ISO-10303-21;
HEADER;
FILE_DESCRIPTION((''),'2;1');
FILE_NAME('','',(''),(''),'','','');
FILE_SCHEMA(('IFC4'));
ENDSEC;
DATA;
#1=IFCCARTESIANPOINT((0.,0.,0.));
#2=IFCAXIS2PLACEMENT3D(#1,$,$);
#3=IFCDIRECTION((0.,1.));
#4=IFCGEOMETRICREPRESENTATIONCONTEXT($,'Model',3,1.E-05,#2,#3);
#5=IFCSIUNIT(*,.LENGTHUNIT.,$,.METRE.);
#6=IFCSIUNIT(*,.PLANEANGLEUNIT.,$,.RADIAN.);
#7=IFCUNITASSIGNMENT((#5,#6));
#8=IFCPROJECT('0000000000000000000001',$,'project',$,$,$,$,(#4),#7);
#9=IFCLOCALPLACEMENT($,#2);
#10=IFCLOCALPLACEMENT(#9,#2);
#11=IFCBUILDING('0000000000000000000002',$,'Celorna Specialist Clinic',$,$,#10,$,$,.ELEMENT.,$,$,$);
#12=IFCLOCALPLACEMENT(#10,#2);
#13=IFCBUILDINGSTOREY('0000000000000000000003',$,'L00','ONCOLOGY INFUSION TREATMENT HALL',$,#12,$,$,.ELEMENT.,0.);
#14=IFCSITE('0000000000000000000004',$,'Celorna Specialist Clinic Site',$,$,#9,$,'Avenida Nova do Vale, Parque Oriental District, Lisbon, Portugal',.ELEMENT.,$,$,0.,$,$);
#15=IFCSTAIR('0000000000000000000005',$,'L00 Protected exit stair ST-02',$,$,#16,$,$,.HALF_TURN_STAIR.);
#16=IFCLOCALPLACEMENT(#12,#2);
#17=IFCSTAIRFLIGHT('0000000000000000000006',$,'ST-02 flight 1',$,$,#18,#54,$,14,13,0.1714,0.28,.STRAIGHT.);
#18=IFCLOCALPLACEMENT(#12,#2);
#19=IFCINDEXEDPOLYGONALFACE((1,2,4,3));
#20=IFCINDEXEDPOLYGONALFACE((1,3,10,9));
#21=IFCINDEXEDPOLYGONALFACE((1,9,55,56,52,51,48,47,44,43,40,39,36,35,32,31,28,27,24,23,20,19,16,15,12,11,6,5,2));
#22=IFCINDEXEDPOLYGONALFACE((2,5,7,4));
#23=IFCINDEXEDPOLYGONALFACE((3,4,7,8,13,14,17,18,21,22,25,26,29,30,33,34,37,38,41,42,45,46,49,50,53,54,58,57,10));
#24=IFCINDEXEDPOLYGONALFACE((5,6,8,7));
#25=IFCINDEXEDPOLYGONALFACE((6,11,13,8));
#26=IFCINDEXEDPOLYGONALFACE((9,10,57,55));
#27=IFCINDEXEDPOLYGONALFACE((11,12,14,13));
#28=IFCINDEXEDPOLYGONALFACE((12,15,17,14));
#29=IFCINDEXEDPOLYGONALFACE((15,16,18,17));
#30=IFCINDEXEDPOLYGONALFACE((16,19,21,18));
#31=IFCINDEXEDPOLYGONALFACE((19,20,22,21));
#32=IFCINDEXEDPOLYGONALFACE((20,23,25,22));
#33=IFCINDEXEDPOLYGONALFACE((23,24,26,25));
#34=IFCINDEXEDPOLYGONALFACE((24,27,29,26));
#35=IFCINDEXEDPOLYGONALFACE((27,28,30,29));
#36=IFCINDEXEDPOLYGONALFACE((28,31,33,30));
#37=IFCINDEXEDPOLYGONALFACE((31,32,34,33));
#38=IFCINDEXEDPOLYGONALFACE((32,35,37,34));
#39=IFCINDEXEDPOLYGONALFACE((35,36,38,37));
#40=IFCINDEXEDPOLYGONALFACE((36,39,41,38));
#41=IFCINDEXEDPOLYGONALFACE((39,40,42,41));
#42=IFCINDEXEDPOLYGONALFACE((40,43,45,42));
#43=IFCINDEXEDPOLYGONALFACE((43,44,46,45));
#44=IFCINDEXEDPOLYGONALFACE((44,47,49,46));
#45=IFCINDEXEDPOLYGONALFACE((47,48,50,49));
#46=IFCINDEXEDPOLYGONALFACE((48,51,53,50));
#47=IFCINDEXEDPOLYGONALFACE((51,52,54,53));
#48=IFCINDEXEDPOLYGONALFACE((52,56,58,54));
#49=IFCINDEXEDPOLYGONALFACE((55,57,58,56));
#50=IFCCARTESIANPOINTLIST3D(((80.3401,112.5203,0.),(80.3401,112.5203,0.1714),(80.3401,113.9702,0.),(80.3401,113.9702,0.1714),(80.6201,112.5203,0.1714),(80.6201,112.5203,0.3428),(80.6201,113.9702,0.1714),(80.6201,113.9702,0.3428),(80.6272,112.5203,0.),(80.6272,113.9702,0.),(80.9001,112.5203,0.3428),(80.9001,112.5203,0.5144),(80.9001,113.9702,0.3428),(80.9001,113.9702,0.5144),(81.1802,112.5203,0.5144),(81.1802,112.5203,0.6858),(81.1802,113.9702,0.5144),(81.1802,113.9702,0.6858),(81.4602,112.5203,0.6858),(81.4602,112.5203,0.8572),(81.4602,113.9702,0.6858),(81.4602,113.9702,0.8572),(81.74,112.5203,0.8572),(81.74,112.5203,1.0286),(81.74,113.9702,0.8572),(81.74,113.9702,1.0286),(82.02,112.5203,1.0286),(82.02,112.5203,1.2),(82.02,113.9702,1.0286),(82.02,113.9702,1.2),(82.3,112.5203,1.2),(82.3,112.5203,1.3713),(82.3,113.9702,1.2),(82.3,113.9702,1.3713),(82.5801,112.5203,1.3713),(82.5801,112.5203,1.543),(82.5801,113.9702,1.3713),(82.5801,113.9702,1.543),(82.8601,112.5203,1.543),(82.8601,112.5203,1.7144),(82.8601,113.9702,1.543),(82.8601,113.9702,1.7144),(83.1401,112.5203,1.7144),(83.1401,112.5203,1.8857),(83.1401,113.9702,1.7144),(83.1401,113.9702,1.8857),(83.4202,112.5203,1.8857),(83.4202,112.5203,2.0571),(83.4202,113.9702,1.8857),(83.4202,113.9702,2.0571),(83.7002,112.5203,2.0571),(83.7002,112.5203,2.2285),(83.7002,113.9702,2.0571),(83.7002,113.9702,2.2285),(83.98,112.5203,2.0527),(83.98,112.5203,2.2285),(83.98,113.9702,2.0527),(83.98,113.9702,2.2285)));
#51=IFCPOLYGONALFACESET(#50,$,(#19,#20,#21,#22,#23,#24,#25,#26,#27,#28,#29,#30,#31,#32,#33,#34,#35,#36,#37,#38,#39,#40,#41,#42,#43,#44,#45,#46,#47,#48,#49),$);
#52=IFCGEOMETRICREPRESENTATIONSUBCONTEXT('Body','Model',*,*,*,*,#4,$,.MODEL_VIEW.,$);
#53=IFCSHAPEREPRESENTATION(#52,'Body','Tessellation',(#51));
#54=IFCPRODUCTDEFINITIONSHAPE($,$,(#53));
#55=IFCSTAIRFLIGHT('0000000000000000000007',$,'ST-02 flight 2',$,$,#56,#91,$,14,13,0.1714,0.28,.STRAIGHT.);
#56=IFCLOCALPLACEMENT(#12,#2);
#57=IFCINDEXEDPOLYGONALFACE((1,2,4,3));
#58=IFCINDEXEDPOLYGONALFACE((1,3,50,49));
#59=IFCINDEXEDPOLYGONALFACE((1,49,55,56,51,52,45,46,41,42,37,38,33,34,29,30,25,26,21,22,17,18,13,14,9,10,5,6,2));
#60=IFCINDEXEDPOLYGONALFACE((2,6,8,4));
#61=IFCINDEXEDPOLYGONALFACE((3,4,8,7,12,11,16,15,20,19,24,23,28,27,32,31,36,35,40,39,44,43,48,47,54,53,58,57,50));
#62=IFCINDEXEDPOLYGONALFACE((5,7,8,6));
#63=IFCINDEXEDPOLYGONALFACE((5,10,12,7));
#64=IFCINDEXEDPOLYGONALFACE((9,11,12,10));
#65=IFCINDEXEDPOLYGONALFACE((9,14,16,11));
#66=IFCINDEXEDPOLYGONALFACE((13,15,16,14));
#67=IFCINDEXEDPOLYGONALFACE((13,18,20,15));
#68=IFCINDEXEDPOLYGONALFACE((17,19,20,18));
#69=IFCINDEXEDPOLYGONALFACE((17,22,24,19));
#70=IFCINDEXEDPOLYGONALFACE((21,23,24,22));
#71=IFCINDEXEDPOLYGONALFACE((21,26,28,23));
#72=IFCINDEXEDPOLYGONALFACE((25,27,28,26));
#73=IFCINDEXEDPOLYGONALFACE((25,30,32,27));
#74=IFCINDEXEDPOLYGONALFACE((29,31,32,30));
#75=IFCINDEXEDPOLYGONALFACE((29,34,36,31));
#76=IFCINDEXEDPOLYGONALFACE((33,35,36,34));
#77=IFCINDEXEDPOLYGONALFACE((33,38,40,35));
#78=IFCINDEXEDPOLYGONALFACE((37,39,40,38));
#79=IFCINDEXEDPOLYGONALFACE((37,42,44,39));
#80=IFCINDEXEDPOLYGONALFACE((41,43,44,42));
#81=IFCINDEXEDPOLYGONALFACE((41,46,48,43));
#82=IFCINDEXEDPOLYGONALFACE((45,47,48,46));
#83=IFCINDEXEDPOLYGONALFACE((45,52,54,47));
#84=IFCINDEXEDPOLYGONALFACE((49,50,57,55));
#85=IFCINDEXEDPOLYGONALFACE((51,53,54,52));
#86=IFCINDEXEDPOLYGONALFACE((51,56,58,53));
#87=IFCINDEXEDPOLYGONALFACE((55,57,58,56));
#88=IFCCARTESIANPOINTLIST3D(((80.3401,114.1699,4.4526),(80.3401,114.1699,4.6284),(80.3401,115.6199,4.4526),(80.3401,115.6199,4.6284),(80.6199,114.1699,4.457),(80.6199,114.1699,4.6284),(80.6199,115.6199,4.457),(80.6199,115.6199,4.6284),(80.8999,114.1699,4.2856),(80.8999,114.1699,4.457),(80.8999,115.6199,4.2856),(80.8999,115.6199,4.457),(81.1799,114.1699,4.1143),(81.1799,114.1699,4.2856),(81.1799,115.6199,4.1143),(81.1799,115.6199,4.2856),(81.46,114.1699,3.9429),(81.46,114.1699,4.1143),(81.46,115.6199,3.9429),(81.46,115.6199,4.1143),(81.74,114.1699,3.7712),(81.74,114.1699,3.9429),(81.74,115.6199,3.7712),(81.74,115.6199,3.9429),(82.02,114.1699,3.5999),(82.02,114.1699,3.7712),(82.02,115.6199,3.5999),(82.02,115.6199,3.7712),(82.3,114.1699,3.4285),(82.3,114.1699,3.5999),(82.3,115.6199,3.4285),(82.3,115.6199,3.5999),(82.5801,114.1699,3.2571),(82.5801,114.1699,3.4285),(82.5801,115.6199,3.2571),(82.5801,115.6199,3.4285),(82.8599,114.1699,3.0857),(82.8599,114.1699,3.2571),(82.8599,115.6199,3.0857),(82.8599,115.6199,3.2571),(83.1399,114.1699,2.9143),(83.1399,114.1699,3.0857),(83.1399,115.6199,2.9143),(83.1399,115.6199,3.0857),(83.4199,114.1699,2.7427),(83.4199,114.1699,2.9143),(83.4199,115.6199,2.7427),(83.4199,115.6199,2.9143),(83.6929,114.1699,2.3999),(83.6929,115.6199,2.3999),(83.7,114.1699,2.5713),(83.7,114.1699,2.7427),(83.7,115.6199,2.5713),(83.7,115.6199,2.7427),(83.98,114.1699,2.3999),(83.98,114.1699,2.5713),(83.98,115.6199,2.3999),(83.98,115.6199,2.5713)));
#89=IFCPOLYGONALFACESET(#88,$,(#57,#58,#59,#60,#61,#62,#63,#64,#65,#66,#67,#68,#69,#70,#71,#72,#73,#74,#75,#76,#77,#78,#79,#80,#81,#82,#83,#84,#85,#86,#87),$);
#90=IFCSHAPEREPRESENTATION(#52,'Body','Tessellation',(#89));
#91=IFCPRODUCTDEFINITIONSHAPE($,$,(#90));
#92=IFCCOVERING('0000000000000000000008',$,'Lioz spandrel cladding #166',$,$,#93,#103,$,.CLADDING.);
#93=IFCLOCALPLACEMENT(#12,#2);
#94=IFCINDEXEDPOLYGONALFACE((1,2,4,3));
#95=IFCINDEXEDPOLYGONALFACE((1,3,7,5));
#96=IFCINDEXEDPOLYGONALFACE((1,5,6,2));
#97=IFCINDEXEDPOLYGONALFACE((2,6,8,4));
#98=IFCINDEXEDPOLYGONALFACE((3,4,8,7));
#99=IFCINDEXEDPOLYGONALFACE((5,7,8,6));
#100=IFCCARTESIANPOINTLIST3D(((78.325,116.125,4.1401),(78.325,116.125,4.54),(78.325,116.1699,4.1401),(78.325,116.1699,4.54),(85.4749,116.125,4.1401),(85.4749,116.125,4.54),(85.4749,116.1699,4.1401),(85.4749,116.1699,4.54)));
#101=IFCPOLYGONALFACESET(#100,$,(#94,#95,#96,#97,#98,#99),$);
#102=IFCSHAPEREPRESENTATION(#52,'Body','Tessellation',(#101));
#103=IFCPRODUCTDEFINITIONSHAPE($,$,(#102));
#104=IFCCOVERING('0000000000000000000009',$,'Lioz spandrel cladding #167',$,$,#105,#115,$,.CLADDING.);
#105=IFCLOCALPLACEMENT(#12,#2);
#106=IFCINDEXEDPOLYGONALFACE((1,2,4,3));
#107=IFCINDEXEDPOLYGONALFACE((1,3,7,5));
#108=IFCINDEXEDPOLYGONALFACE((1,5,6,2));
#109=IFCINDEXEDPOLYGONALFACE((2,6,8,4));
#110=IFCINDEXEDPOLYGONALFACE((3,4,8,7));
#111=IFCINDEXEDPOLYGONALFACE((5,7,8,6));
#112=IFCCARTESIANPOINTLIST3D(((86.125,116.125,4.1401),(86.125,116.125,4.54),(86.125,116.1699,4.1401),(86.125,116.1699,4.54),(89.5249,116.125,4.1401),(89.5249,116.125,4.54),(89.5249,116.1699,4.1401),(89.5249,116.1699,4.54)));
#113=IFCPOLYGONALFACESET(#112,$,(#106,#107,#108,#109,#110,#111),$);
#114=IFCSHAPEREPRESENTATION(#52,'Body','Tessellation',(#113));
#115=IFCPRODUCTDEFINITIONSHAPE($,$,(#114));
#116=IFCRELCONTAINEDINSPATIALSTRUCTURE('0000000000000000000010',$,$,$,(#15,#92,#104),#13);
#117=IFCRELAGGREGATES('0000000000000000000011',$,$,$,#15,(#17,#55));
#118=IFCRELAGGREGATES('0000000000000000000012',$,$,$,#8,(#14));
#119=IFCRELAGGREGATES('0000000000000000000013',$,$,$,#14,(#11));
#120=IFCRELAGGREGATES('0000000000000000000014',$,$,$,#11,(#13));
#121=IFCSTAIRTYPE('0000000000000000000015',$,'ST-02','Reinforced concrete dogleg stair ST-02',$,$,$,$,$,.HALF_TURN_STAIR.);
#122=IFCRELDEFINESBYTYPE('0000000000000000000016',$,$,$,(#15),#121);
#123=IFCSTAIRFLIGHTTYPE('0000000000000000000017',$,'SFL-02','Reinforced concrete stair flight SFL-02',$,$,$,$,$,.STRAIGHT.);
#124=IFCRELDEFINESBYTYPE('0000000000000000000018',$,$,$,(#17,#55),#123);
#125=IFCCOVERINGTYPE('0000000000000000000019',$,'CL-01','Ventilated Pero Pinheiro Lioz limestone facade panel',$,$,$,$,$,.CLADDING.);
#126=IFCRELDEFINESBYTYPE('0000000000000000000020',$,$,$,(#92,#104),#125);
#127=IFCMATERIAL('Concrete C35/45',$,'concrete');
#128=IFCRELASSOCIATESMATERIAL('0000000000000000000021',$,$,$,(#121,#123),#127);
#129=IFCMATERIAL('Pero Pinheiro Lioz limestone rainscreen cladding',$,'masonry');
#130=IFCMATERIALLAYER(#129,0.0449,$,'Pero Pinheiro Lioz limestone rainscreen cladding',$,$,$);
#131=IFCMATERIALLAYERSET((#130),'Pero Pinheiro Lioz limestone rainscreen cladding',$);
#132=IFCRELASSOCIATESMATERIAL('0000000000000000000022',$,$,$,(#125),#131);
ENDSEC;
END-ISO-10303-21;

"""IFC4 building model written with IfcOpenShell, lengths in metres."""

from ifc_helpers import new_model, si_unit, direction, frame, origin, origin_2d, place, context, subcontext, project, spatial, polyline, rectangle, outline, extrude, material, layer, layer_set, type_object, element, aggregate, save


model = new_model("IFC4")

# Units and contexts
model_context = context("Model", 3, precision=1e-05, world=origin(), true_north=direction((0.0, 1.0)))
body_context = subcontext(model_context, "Body", "Model", "MODEL_VIEW")
ifc_project = project(units=[si_unit("LENGTHUNIT", "METRE"), si_unit("PLANEANGLEUNIT", "RADIAN")], contexts=[model_context])

# Site, building, storey
site_placement = place(None, origin())
site = spatial("IfcSite", under=ifc_project, at=site_placement, Name="Celorna Specialist Clinic Site", LongName="Avenida Nova do Vale, Parque Oriental District, Lisbon, Portugal", CompositionType="ELEMENT", RefElevation=0.0)
building_placement = place(site_placement, origin())
building = spatial("IfcBuilding", under=site, at=building_placement, Name="Celorna Specialist Clinic", CompositionType="ELEMENT")
storey_placement = place(building_placement, origin())
storey = spatial("IfcBuildingStorey", under=building, at=storey_placement, Name="L00", Description="ONCOLOGY INFUSION TREATMENT HALL", CompositionType="ELEMENT", Elevation=0.0)

# Shared definitions
ifc_material_1 = material(Name="Concrete C35/45", Category="concrete")

# Stair, stair flights
stair_type = type_object("IfcStairType", Name="ST-02", Description="Reinforced concrete dogleg stair ST-02", PredefinedType="HALF_TURN_STAIR", material=ifc_material_1)
stair_placement = place(storey_placement, origin())
stair = element("IfcStair", 1, at=stair_placement, inside=storey, type_object=stair_type, Name="L00 Protected exit stair ST-02", PredefinedType="HALF_TURN_STAIR")
stair_flight_type = type_object("IfcStairFlightType", Name="SFL-02", Description="Reinforced concrete stair flight SFL-02", PredefinedType="STRAIGHT", material=ifc_material_1)
stair_flight_1_placement = place(storey_placement, frame((80.3401, 113.2451, 0.0), z_axis=(0.0, 0.0, 1.0), x_axis=(1.0, 0.0, 0.0)))
stair_flight_1 = element("IfcStairFlight", 2, at=stair_flight_1_placement, type_object=stair_flight_type, Name="ST-02 flight 1", NumberOfRisers=14, NumberOfTreads=13, PredefinedType="STRAIGHT", RiserHeight=0.1714, TreadLength=0.28, context=body_context, shape_type="SweptSolid", body=[
    extrude(outline(polyline([(0.0, 0.0), (0.0, 0.1714), (0.28, 0.1714), (0.28, 0.3428), (0.5601, 0.3428), (0.5601, 0.5144), (0.8401, 0.5144), (0.8401, 0.6858), (1.1201, 0.6858), (1.1201, 0.8572), (1.3999, 0.8572), (1.3999, 1.0286), (1.6799, 1.0286), (1.6799, 1.2), (1.96, 1.2), (1.96, 1.3713), (2.24, 1.3713), (2.24, 1.543), (2.52, 1.543), (2.52, 1.7144), (2.8, 1.7144), (2.8, 1.8857), (3.0801, 1.8857), (3.0801, 2.0571), (3.3601, 2.0571), (3.3601, 2.2285), (3.6399, 2.2285), (3.6399, 2.3999), (3.6399, 2.0527), (0.2871, 0.0), (0.0, 0.0)])), frame((0.0, 0.7251, 0.0), z_axis=(0.0, -1.0, 0.0), x_axis=(1.0, 0.0, 0.0)), (0.0, 0.0, 1.0), 1.45),
])
stair_flight_2_placement = place(storey_placement, frame((83.98, 114.895, 2.3999), z_axis=(0.0, 0.0, 1.0), x_axis=(-1.0, 0.0, 0.0)))
stair_flight_2 = element("IfcStairFlight", 3, at=stair_flight_2_placement, type_object=stair_flight_type, Name="ST-02 flight 2", NumberOfRisers=14, NumberOfTreads=13, PredefinedType="STRAIGHT", RiserHeight=0.1714, TreadLength=0.28, context=body_context, shape_type="SweptSolid", body=[
    extrude(outline(polyline([(0.0, 0.0), (0.0, 0.1714), (0.28, 0.1714), (0.28, 0.3428), (0.5601, 0.3428), (0.5601, 0.5144), (0.8401, 0.5144), (0.8401, 0.6858), (1.1201, 0.6858), (1.1201, 0.8572), (1.3999, 0.8572), (1.3999, 1.0286), (1.6799, 1.0286), (1.6799, 1.2), (1.96, 1.2), (1.96, 1.3713), (2.24, 1.3713), (2.24, 1.543), (2.52, 1.543), (2.52, 1.7144), (2.8, 1.7144), (2.8, 1.8857), (3.0801, 1.8857), (3.0801, 2.0571), (3.3601, 2.0571), (3.3601, 2.2285), (3.6399, 2.2285), (3.6399, 2.3999), (3.6399, 2.0527), (0.2871, 0.0), (0.0, 0.0)])), frame((0.0, 0.7251, 0.0), z_axis=(0.0, -1.0, 0.0), x_axis=(1.0, 0.0, 0.0)), (0.0, 0.0, 1.0), 1.45),
])
aggregate(stair, [stair_flight_1, stair_flight_2])

# Coverings
ifc_material_2 = material(Name="Pero Pinheiro Lioz limestone rainscreen cladding", Category="masonry")
ifc_layer_1 = layer(ifc_material_2, 0.0449, Name="Pero Pinheiro Lioz limestone rainscreen cladding")
ifc_layer_set_1 = layer_set([ifc_layer_1], Name="Pero Pinheiro Lioz limestone rainscreen cladding")
covering_type = type_object("IfcCoveringType", Name="CL-01", Description="Ventilated Pero Pinheiro Lioz limestone facade panel", PredefinedType="CLADDING", material=ifc_layer_set_1)
covering_1_placement = place(storey_placement, frame((81.8999, 116.1475, 4.1401), z_axis=(0.0, 0.0, 1.0), x_axis=(1.0, 0.0, 0.0)))
element("IfcCovering", 4, at=covering_1_placement, inside=storey, type_object=covering_type, Name="Lioz spandrel cladding #166", PredefinedType="CLADDING", context=body_context, shape_type="SweptSolid", body=[
    extrude(rectangle(XDim=7.1499, YDim=0.0449, at=origin_2d()), origin(), (0.0, 0.0, 1.0), 0.3999),
])
covering_2_placement = place(storey_placement, frame((87.825, 116.1475, 4.1401), z_axis=(0.0, 0.0, 1.0), x_axis=(1.0, 0.0, 0.0)))
element("IfcCovering", 5, at=covering_2_placement, inside=storey, type_object=covering_type, Name="Lioz spandrel cladding #167", PredefinedType="CLADDING", context=body_context, shape_type="SweptSolid", body=[
    extrude(rectangle(XDim=3.3999, YDim=0.0449, at=origin_2d()), origin(), (0.0, 0.0, 1.0), 0.3999),
])

save(model, "model.ifc")
